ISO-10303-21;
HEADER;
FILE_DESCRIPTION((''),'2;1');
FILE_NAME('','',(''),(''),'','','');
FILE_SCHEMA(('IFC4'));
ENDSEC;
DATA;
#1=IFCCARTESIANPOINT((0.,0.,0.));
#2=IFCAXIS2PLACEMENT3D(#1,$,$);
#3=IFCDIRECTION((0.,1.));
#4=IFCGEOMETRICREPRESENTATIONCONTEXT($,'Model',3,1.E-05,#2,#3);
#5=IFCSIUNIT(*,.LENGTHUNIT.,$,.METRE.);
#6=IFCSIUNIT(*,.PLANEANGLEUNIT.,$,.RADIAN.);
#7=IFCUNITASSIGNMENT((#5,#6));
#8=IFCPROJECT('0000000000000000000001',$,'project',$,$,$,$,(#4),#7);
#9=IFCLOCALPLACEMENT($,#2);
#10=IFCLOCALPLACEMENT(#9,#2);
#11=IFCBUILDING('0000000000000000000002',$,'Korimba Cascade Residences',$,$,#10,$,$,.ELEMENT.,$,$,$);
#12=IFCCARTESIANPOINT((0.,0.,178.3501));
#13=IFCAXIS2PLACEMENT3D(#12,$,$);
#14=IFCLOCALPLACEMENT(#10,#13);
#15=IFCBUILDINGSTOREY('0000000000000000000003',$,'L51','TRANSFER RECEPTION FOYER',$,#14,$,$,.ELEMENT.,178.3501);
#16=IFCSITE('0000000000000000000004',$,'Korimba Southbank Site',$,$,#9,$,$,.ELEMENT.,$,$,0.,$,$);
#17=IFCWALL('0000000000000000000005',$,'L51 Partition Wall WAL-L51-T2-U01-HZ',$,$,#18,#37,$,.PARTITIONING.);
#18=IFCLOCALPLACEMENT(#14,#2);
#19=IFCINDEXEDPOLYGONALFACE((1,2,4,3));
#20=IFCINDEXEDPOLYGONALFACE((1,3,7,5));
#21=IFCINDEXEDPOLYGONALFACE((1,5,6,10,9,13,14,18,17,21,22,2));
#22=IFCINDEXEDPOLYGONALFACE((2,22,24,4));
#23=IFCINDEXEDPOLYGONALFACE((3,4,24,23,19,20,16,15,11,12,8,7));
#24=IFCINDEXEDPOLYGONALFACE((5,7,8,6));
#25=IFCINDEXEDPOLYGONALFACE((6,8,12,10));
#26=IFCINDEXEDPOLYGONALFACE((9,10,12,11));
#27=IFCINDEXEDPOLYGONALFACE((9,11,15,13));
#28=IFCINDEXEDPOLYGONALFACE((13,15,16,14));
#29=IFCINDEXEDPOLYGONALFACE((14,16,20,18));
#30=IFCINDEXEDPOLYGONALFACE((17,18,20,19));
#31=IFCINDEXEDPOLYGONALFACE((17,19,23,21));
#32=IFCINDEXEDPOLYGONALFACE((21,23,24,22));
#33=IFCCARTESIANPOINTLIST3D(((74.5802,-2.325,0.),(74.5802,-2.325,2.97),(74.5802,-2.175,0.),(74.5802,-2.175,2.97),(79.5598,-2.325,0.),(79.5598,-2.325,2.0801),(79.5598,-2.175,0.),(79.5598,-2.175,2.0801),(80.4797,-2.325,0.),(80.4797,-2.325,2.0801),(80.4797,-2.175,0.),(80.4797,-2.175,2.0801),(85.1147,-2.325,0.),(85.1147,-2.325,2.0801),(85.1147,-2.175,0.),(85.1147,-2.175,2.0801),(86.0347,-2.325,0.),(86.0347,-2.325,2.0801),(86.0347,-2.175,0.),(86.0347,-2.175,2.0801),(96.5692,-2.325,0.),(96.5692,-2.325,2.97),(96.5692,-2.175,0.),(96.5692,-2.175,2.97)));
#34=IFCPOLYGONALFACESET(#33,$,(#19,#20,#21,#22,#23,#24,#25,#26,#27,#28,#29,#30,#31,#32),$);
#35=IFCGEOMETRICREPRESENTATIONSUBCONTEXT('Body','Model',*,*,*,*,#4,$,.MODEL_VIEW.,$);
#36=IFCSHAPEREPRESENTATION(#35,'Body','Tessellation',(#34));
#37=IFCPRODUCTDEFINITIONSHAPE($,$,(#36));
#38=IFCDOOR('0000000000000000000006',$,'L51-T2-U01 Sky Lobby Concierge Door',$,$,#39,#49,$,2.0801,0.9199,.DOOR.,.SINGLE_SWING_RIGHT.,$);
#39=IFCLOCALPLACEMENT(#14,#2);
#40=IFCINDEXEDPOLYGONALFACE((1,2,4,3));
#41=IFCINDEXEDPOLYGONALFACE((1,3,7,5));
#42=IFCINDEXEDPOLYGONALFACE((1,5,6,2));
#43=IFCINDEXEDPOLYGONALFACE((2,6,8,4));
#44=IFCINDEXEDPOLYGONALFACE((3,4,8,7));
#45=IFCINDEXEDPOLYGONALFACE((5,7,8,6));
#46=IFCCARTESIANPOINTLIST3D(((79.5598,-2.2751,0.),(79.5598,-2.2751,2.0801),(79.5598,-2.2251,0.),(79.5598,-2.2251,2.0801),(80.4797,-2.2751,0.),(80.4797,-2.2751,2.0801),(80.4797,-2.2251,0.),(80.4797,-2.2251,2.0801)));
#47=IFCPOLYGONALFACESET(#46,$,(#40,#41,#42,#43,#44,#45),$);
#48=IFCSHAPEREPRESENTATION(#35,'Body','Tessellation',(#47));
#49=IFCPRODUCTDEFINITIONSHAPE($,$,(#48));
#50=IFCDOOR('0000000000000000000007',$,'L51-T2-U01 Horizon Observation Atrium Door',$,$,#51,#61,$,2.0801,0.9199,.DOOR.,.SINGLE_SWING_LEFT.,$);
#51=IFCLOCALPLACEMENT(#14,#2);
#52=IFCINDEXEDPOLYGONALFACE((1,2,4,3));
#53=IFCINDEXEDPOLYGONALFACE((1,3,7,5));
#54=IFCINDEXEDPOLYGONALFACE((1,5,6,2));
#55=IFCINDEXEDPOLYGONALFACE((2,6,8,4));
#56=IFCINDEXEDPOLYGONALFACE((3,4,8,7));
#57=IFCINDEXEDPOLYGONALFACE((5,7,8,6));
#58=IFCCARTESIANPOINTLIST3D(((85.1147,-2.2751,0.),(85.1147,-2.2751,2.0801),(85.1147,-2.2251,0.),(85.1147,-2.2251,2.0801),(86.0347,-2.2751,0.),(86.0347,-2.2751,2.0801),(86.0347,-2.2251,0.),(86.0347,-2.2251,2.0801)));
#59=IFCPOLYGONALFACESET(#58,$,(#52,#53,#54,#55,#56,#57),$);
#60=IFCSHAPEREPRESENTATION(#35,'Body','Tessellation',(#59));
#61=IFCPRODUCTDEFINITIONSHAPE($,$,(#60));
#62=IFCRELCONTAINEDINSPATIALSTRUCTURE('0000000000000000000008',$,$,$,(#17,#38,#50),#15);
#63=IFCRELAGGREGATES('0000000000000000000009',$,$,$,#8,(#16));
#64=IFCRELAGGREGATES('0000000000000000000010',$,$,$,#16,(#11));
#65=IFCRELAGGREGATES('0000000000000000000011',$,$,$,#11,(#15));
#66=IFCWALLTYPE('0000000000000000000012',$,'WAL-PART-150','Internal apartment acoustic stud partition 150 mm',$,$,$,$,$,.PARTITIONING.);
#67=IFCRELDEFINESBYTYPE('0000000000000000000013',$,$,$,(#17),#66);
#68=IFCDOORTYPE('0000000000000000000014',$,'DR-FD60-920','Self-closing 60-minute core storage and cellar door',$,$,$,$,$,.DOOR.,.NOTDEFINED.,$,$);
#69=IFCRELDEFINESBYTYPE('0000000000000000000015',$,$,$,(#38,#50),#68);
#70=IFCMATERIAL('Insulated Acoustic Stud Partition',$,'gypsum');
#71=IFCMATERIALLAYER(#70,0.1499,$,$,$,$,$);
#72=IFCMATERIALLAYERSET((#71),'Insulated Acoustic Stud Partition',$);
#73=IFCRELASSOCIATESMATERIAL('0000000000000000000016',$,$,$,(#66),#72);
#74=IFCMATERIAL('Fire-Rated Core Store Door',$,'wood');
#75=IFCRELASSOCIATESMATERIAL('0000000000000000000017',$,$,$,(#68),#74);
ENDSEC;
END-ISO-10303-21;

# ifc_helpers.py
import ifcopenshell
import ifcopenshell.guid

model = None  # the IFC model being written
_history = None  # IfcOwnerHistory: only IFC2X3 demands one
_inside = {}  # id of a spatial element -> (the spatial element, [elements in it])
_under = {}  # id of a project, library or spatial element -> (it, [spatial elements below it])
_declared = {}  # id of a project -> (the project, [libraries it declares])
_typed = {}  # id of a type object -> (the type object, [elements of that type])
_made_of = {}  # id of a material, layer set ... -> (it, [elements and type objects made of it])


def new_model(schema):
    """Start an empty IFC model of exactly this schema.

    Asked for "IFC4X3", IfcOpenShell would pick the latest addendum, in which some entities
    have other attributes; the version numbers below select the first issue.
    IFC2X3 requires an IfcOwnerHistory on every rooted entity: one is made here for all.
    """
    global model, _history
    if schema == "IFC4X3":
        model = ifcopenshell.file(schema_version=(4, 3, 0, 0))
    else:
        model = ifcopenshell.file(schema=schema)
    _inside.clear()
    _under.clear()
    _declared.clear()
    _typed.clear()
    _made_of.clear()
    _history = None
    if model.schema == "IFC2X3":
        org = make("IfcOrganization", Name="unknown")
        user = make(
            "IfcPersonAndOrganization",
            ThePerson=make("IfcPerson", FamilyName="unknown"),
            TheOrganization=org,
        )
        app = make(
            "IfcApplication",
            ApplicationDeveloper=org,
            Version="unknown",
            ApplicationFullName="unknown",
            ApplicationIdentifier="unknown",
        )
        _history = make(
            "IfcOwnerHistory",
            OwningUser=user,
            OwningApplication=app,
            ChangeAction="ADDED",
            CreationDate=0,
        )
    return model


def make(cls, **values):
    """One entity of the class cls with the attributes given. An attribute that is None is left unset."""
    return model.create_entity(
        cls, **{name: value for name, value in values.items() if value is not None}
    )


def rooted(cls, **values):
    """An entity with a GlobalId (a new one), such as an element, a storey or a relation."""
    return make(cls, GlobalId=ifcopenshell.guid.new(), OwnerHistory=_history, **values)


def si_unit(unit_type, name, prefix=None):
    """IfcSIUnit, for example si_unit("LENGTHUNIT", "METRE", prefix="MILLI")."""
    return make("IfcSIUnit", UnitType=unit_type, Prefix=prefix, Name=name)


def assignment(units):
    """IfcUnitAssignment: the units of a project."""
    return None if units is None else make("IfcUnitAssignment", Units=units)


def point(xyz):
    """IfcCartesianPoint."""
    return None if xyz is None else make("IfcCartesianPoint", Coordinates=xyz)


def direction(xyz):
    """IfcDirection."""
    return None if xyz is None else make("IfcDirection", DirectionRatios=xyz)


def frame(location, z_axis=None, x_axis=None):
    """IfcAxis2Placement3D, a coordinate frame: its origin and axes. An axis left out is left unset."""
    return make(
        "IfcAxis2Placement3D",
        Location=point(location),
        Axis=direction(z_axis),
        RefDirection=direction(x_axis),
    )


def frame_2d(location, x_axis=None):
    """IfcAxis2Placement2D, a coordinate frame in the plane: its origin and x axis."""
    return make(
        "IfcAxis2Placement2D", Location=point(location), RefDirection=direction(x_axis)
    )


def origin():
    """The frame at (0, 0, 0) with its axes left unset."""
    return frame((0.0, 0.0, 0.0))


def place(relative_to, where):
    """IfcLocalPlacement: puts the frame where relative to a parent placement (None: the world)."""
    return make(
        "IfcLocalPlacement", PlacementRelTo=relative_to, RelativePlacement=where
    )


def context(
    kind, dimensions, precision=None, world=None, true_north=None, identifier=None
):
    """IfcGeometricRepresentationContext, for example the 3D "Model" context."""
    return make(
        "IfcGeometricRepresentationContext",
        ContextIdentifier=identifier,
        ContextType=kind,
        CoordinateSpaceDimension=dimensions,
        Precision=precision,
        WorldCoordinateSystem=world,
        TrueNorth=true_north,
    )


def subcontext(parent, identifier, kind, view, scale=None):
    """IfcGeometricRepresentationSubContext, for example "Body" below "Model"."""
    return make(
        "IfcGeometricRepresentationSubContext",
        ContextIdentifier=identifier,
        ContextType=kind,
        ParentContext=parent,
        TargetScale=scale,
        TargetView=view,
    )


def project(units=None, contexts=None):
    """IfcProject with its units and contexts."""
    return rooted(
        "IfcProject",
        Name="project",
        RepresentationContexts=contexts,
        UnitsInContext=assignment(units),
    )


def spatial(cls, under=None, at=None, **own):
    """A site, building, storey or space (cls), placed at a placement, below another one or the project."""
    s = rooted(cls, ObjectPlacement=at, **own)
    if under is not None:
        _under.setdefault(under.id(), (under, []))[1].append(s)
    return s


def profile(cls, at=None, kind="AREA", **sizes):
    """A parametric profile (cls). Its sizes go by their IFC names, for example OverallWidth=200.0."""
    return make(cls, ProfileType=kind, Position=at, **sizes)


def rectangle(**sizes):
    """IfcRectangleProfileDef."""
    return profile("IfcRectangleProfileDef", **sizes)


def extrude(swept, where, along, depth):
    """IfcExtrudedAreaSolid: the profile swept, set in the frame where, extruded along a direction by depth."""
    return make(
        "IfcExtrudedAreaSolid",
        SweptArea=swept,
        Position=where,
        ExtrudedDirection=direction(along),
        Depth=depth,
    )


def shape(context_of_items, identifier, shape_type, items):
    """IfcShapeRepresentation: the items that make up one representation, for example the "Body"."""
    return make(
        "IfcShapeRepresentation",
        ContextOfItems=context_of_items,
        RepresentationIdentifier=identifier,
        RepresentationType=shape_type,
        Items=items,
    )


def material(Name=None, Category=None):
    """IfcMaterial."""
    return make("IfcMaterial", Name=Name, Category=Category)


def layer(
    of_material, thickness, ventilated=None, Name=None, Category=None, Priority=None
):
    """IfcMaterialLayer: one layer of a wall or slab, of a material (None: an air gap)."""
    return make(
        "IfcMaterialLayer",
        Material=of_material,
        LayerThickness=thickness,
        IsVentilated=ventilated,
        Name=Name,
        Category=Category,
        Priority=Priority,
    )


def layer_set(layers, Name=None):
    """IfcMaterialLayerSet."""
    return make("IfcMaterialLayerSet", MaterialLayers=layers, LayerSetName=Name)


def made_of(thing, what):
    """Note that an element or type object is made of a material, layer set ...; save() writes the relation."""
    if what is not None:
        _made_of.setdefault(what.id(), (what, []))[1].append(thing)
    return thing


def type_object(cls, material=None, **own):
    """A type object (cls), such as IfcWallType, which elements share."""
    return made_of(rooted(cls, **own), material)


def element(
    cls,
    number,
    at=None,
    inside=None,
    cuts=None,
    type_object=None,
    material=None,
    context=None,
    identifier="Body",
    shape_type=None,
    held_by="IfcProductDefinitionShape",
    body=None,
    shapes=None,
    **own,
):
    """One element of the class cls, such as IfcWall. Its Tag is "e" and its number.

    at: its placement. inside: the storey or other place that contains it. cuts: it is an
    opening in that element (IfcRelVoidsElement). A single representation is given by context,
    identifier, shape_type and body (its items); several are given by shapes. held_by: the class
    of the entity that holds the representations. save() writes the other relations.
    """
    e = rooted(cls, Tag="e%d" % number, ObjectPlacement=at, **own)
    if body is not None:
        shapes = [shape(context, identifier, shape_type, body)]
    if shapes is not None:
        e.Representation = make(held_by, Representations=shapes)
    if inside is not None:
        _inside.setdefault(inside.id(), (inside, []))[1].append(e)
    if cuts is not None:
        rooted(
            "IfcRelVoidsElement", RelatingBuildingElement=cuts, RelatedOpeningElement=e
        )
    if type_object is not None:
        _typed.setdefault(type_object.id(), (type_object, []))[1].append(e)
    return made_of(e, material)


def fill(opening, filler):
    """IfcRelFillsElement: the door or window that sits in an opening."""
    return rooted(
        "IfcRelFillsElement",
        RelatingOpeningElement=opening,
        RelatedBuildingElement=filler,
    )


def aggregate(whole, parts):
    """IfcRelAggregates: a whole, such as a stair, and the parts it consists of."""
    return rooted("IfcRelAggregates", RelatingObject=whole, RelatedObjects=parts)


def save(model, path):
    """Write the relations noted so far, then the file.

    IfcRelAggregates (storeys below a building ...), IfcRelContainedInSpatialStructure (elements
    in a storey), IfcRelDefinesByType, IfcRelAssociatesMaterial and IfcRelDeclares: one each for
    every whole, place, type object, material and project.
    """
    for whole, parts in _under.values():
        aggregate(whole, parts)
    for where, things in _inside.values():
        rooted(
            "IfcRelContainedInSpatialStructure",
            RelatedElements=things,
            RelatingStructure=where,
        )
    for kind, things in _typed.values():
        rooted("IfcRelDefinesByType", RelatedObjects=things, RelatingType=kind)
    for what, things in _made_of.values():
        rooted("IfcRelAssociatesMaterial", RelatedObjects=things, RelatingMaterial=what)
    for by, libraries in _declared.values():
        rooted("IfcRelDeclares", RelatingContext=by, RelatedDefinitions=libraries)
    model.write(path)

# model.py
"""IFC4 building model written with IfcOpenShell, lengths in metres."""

from ifc_helpers import new_model, si_unit, direction, frame, frame_2d, origin, place, context, subcontext, project, spatial, rectangle, extrude, material, layer, layer_set, type_object, element, fill, save


model = new_model("IFC4")

# Units and contexts
model_context = context("Model", 3, precision=1e-05, world=origin(), true_north=direction((0.0, 1.0)))
body_context = subcontext(model_context, "Body", "Model", "MODEL_VIEW")
ifc_project = project(units=[si_unit("LENGTHUNIT", "METRE"), si_unit("PLANEANGLEUNIT", "RADIAN")], contexts=[model_context])

# Site, building, storey
site_placement = place(None, origin())
site = spatial("IfcSite", under=ifc_project, at=site_placement, Name="Korimba Southbank Site", CompositionType="ELEMENT", RefElevation=0.0)
building_placement = place(site_placement, origin())
building = spatial("IfcBuilding", under=site, at=building_placement, Name="Korimba Cascade Residences", CompositionType="ELEMENT")
storey_placement = place(building_placement, frame((0.0, 0.0, 178.3501)))
storey = spatial("IfcBuildingStorey", under=building, at=storey_placement, Name="L51", Description="TRANSFER RECEPTION FOYER", CompositionType="ELEMENT", Elevation=178.3501)

# Wall, openings, doors
ifc_material_1 = material(Name="Insulated Acoustic Stud Partition", Category="gypsum")
ifc_layer_1 = layer(ifc_material_1, 0.1499)
ifc_layer_set_1 = layer_set([ifc_layer_1], Name="Insulated Acoustic Stud Partition")
wall_type_1 = type_object("IfcWallType", Name="WAL-PART-150", Description="Internal apartment acoustic stud partition 150 mm", PredefinedType="PARTITIONING", material=ifc_layer_set_1)
wall_1_placement = place(storey_placement, frame((74.5801, -2.25, 0.0), z_axis=(0.0, 0.0, 1.0), x_axis=(1.0, 0.0, 0.0)))
wall_1 = element("IfcWall", 1, at=wall_1_placement, inside=storey, type_object=wall_type_1, Name="L51 Partition Wall WAL-L51-T2-U01-HZ", PredefinedType="PARTITIONING", context=body_context, shape_type="SweptSolid", body=[
    extrude(rectangle(XDim=21.989, YDim=0.1499, at=frame_2d((10.9946, 0.0))), origin(), (0.0, 0.0, 1.0), 2.97),
])
opening_1_placement = place(wall_1_placement, frame((4.9797, 0.0, 0.0)))
opening_1 = element("IfcOpeningElement", 2, at=opening_1_placement, cuts=wall_1, PredefinedType="OPENING", context=body_context, shape_type="SweptSolid", body=[
    extrude(rectangle(XDim=0.9199, YDim=2.0801, at=frame_2d((0.46, 1.04))), frame((0.0, 0.085, 0.0), z_axis=(0.0, -1.0, 0.0), x_axis=(1.0, 0.0, 0.0)), (0.0, 0.0, 1.0), 0.1699),
])
opening_2_placement = place(wall_1_placement, frame((10.5347, 0.0, 0.0)))
opening_2 = element("IfcOpeningElement", 3, at=opening_2_placement, cuts=wall_1, PredefinedType="OPENING", context=body_context, shape_type="SweptSolid", body=[
    extrude(rectangle(XDim=0.9199, YDim=2.0801, at=frame_2d((0.46, 1.04))), frame((0.0, 0.085, 0.0), z_axis=(0.0, -1.0, 0.0), x_axis=(1.0, 0.0, 0.0)), (0.0, 0.0, 1.0), 0.1699),
])
ifc_material_2 = material(Name="Fire-Rated Core Store Door", Category="wood")
door_type_1 = type_object("IfcDoorType", Name="DR-FD60-920", Description="Self-closing 60-minute core storage and cellar door", OperationType="NOTDEFINED", PredefinedType="DOOR", material=ifc_material_2)
door_1_placement = place(opening_1_placement, origin())
door_1 = element("IfcDoor", 4, at=door_1_placement, inside=storey, type_object=door_type_1, Name="L51-T2-U01 Sky Lobby Concierge Door", OperationType="SINGLE_SWING_RIGHT", OverallHeight=2.0801, OverallWidth=0.9199, PredefinedType="DOOR", context=body_context, shape_type="SweptSolid", body=[
    extrude(rectangle(XDim=0.9199, YDim=2.0801, at=frame_2d((0.46, 1.04))), frame((0.0, 0.0249, 0.0), z_axis=(0.0, -1.0, 0.0), x_axis=(1.0, 0.0, 0.0)), (0.0, 0.0, 1.0), 0.05),
])
fill(opening_1, door_1)
door_2_placement = place(opening_2_placement, origin())
door_2 = element("IfcDoor", 5, at=door_2_placement, inside=storey, type_object=door_type_1, Name="L51-T2-U01 Horizon Observation Atrium Door", OperationType="SINGLE_SWING_LEFT", OverallHeight=2.0801, OverallWidth=0.9199, PredefinedType="DOOR", context=body_context, shape_type="SweptSolid", body=[
    extrude(rectangle(XDim=0.9199, YDim=2.0801, at=frame_2d((0.46, 1.04))), frame((0.0, 0.0249, 0.0), z_axis=(0.0, -1.0, 0.0), x_axis=(1.0, 0.0, 0.0)), (0.0, 0.0, 1.0), 0.05),
])
fill(opening_2, door_2)

save(model, "model.ifc")
